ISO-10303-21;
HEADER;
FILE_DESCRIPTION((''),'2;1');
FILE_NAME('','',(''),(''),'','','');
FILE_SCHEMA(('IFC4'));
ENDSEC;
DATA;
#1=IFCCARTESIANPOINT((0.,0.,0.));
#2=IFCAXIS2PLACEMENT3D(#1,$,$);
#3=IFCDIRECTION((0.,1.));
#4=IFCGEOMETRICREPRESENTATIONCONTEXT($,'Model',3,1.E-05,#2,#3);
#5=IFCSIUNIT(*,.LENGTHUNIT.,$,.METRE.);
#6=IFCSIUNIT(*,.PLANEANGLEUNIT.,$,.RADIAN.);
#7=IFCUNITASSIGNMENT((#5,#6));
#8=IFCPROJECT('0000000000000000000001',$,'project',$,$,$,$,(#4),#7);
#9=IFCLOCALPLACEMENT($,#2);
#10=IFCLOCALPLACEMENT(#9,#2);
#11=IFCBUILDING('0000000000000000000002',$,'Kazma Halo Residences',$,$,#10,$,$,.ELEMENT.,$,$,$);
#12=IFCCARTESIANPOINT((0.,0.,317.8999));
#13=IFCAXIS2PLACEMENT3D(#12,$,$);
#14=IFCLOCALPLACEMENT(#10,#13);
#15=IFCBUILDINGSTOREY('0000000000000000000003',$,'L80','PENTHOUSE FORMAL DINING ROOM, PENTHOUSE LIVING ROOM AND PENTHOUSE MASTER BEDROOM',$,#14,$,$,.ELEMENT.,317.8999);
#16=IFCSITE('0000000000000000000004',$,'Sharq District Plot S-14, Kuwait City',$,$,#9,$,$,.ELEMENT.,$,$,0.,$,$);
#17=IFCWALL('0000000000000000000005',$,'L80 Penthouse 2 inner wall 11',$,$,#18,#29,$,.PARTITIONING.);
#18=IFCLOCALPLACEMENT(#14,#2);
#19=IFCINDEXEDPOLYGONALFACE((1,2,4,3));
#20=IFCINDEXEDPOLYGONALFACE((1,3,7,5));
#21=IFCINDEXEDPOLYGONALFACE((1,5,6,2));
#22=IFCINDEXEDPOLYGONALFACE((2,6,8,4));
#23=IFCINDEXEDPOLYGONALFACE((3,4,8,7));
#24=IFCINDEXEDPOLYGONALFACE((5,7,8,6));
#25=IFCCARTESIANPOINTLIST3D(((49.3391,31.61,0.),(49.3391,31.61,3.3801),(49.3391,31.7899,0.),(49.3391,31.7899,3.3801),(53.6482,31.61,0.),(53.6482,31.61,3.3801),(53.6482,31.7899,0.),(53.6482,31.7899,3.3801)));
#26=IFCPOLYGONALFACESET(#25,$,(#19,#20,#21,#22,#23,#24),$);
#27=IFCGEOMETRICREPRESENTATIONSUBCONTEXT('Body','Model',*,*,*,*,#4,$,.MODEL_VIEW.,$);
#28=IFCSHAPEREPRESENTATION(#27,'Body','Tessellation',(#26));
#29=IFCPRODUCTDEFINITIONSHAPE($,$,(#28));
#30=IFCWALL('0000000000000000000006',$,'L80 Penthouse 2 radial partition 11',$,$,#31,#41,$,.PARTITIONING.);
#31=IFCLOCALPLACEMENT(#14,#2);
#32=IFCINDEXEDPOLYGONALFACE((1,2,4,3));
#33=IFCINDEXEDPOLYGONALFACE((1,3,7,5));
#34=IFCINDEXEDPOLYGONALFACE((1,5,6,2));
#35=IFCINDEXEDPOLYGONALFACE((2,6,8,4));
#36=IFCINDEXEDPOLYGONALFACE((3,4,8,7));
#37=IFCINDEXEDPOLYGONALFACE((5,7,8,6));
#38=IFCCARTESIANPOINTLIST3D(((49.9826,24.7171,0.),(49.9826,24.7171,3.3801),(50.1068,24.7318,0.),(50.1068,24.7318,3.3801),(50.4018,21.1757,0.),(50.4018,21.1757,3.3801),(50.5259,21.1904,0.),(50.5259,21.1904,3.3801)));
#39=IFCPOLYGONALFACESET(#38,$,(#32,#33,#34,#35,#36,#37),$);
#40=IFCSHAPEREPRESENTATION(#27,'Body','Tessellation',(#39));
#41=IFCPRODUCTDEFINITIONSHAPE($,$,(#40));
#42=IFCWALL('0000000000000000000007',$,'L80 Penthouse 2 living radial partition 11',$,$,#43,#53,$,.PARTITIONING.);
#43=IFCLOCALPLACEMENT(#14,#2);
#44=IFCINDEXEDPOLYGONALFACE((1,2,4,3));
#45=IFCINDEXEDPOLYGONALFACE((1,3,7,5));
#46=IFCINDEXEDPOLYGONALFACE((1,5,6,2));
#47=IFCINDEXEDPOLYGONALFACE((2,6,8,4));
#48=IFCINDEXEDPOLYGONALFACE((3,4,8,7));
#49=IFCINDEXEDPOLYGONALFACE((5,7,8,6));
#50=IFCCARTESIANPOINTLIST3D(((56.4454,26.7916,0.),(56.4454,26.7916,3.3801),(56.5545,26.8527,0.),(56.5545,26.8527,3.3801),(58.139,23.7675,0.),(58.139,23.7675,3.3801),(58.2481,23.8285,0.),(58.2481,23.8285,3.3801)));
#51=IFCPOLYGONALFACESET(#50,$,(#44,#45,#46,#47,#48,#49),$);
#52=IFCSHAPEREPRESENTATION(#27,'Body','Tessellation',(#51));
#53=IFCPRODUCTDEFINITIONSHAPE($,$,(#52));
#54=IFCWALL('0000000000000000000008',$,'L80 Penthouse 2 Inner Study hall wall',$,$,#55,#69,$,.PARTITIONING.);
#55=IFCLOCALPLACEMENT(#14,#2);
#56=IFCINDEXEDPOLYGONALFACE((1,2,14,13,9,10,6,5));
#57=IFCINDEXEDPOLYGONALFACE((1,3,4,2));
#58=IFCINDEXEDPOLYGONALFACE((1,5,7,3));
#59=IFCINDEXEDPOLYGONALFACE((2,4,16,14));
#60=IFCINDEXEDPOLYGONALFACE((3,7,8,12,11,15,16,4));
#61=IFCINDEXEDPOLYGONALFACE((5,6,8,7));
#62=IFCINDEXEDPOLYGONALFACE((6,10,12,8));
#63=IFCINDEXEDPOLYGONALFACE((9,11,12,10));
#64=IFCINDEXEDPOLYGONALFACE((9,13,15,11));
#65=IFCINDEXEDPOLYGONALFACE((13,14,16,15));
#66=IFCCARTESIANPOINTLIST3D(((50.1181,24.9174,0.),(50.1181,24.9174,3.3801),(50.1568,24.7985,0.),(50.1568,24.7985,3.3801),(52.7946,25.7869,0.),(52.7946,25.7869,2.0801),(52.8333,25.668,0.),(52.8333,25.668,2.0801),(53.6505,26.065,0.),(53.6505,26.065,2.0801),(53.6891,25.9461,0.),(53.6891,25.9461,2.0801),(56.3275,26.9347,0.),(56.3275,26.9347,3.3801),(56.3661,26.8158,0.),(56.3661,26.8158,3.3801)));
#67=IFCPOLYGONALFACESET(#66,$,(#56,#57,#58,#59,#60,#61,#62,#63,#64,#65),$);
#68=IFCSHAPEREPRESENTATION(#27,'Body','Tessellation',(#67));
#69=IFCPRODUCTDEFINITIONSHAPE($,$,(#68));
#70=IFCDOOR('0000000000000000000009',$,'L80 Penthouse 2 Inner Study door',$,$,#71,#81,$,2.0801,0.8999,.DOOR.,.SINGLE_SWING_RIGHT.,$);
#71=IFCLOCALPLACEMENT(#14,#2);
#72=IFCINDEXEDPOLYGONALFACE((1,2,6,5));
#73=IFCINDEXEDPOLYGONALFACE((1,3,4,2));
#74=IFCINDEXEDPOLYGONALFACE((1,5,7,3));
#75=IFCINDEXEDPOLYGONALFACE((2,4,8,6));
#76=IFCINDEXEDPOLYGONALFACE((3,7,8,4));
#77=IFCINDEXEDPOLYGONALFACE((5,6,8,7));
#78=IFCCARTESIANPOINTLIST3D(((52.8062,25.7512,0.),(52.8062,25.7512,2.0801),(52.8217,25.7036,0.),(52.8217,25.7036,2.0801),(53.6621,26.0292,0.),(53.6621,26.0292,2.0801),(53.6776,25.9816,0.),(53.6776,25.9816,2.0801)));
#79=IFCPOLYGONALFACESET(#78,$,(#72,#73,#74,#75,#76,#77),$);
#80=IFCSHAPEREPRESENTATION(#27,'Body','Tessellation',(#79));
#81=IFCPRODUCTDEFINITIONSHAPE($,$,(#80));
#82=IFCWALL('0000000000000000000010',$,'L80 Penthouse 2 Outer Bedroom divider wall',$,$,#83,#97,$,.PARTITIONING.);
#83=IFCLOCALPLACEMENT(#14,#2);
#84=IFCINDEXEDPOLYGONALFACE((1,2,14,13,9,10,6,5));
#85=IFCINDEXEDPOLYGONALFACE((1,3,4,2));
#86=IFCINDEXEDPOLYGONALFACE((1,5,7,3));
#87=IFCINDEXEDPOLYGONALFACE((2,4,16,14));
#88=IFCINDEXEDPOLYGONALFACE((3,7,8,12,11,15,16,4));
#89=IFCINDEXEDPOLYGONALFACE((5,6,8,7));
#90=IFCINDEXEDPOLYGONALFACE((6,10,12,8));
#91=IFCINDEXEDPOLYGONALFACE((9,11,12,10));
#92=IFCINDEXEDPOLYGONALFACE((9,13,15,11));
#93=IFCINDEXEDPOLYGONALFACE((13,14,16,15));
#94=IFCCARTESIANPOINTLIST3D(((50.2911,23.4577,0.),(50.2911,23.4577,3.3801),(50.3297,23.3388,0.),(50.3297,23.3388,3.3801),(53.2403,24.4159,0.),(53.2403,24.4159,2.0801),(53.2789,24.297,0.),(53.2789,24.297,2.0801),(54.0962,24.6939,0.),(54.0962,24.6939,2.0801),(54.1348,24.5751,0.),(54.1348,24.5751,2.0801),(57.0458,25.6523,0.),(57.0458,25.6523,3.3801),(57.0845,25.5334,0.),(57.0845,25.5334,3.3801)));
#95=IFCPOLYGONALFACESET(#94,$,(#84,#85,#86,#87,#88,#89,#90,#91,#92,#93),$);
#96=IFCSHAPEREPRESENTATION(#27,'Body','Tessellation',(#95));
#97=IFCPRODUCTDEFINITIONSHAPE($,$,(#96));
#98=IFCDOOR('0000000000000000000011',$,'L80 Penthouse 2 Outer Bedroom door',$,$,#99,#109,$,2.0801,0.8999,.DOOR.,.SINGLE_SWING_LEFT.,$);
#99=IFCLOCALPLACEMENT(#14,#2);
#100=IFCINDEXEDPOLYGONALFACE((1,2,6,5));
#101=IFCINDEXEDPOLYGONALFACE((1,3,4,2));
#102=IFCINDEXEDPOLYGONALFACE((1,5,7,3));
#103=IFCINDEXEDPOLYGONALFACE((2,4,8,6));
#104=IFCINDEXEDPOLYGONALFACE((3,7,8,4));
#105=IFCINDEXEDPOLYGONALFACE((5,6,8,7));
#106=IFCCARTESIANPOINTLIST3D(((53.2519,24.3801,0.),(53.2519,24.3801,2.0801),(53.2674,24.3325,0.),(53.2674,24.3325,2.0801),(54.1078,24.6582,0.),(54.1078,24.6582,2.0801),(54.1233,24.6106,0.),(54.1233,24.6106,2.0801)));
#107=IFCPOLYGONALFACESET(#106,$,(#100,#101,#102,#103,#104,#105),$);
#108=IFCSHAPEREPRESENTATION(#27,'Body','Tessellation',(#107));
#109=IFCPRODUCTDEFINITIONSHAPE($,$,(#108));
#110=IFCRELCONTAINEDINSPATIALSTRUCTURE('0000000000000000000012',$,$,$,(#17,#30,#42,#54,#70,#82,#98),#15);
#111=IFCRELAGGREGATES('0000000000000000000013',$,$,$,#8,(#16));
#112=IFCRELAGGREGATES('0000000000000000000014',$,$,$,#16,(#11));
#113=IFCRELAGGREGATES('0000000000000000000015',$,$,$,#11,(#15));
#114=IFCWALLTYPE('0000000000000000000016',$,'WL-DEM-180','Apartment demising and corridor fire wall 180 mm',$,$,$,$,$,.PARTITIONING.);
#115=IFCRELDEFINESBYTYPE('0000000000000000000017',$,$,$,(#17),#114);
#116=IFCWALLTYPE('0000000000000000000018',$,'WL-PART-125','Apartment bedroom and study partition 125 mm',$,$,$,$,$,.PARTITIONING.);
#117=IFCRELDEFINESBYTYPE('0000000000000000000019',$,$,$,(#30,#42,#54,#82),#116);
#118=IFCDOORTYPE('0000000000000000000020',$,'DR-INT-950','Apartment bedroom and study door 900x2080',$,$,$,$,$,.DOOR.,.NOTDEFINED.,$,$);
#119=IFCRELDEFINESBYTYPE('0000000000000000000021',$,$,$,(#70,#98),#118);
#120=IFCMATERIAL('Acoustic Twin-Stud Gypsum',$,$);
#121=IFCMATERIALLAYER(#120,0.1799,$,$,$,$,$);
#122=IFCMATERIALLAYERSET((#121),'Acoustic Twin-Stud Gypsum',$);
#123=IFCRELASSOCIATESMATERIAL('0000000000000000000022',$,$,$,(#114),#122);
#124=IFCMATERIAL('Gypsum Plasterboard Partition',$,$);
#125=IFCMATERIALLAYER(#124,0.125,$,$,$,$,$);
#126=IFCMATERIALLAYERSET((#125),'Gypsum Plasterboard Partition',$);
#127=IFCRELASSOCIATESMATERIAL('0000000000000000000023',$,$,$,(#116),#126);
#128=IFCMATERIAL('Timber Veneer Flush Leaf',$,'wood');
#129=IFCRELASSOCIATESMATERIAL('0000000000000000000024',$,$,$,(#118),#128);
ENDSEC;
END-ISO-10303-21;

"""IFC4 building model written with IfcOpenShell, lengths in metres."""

from ifc_helpers import new_model, si_unit, direction, frame, frame_2d, origin, place, context, subcontext, project, spatial, rectangle, extrude, material, layer, layer_set, type_object, element, fill, save


model = new_model("IFC4")

# Units and contexts
model_context = context("Model", 3, precision=1e-05, world=origin(), true_north=direction((0.0, 1.0)))
body_context = subcontext(model_context, "Body", "Model", "MODEL_VIEW")
ifc_project = project(units=[si_unit("LENGTHUNIT", "METRE"), si_unit("PLANEANGLEUNIT", "RADIAN")], contexts=[model_context])

# Site, building, storey
site_placement = place(None, origin())
site = spatial("IfcSite", under=ifc_project, at=site_placement, Name="Sharq District Plot S-14, Kuwait City", CompositionType="ELEMENT", RefElevation=0.0)
building_placement = place(site_placement, origin())
building = spatial("IfcBuilding", under=site, at=building_placement, Name="Kazma Halo Residences", CompositionType="ELEMENT")
storey_placement = place(building_placement, frame((0.0, 0.0, 317.8999)))
storey = spatial("IfcBuildingStorey", under=building, at=storey_placement, Name="L80", Description="PENTHOUSE FORMAL DINING ROOM, PENTHOUSE LIVING ROOM AND PENTHOUSE MASTER BEDROOM", CompositionType="ELEMENT", Elevation=317.8999)

# Shared definitions
ifc_material_1 = material(Name="Acoustic Twin-Stud Gypsum")
ifc_layer_1 = layer(ifc_material_1, 0.1799)
ifc_layer_set_1 = layer_set([ifc_layer_1], Name="Acoustic Twin-Stud Gypsum")
wall_type_1 = type_object("IfcWallType", Name="WL-DEM-180", Description="Apartment demising and corridor fire wall 180 mm", PredefinedType="PARTITIONING", material=ifc_layer_set_1)

# Wall
wall_1_placement = place(storey_placement, frame((49.3391, 31.7, 0.0), z_axis=(0.0, 0.0, 1.0), x_axis=(1.0, 0.0, 0.0)))
element("IfcWall", 1, at=wall_1_placement, inside=storey, type_object=wall_type_1, Name="L80 Penthouse 2 inner wall 11", PredefinedType="PARTITIONING", context=body_context, shape_type="SweptSolid", body=[
    extrude(rectangle(XDim=4.3091, YDim=0.1799, at=frame_2d((2.1545, 0.0))), origin(), (0.0, 0.0, 1.0), 3.3801),
])

# Walls
ifc_material_2 = material(Name="Gypsum Plasterboard Partition")
ifc_layer_2 = layer(ifc_material_2, 0.125)
ifc_layer_set_2 = layer_set([ifc_layer_2], Name="Gypsum Plasterboard Partition")
wall_type_2 = type_object("IfcWallType", Name="WL-PART-125", Description="Apartment bedroom and study partition 125 mm", PredefinedType="PARTITIONING", material=ifc_layer_set_2)
wall_2_placement = place(storey_placement, frame((50.0447, 24.7246, 0.0), z_axis=(0.0, 0.0, 1.0), x_axis=(0.117544, -0.993068, 0.0)))
element("IfcWall", 2, at=wall_2_placement, inside=storey, type_object=wall_type_2, Name="L80 Penthouse 2 radial partition 11", PredefinedType="PARTITIONING", context=body_context, shape_type="SweptSolid", body=[
    extrude(rectangle(XDim=3.5662, YDim=0.125, at=frame_2d((1.7832, 0.0))), origin(), (0.0, 0.0, 1.0), 3.3801),
])
wall_3_placement = place(storey_placement, frame((56.5, 26.822, 0.0), z_axis=(0.0, 0.0, 1.0), x_axis=(0.488618, -0.872498, 0.0)))
element("IfcWall", 3, at=wall_3_placement, inside=storey, type_object=wall_type_2, Name="L80 Penthouse 2 living radial partition 11", PredefinedType="PARTITIONING", context=body_context, shape_type="SweptSolid", body=[
    extrude(rectangle(XDim=3.4661, YDim=0.125, at=frame_2d((1.7329, 0.0))), origin(), (0.0, 0.0, 1.0), 3.3801),
])

# Walls, openings, doors
wall_4_placement = place(storey_placement, frame((50.1375, 24.8579, 0.0), z_axis=(0.0, 0.0, 1.0), x_axis=(0.951064, 0.308994, 0.0)))
wall_4 = element("IfcWall", 4, at=wall_4_placement, inside=storey, type_object=wall_type_2, Name="L80 Penthouse 2 Inner Study hall wall", PredefinedType="PARTITIONING", context=body_context, shape_type="SweptSolid", body=[
    extrude(rectangle(XDim=6.5288, YDim=0.125, at=frame_2d((3.2644, 0.0))), origin(), (0.0, 0.0, 1.0), 3.3801),
])
opening_1_placement = place(wall_4_placement, frame((2.8142, 0.0, 0.0)))
opening_1 = element("IfcOpeningElement", 5, at=opening_1_placement, cuts=wall_4, PredefinedType="OPENING", context=body_context, shape_type="SweptSolid", body=[
    extrude(rectangle(XDim=0.8999, YDim=2.0801, at=frame_2d((0.45, 1.04))), frame((0.0, 0.0725, 0.0), z_axis=(0.0, -1.0, 0.0), x_axis=(1.0, 0.0, 0.0)), (0.0, 0.0, 1.0), 0.145),
])
ifc_material_3 = material(Name="Timber Veneer Flush Leaf", Category="wood")
door_type_1 = type_object("IfcDoorType", Name="DR-INT-950", Description="Apartment bedroom and study door 900x2080", OperationType="NOTDEFINED", PredefinedType="DOOR", material=ifc_material_3)
door_1_placement = place(opening_1_placement, origin())
door_1 = element("IfcDoor", 6, at=door_1_placement, inside=storey, type_object=door_type_1, Name="L80 Penthouse 2 Inner Study door", OperationType="SINGLE_SWING_RIGHT", OverallHeight=2.0801, OverallWidth=0.8999, PredefinedType="DOOR", context=body_context, shape_type="SweptSolid", body=[
    extrude(rectangle(XDim=0.8999, YDim=2.0801, at=frame_2d((0.45, 1.04))), frame((0.0, 0.0249, 0.0), z_axis=(0.0, -1.0, 0.0), x_axis=(1.0, 0.0, 0.0)), (0.0, 0.0, 1.0), 0.05),
])
fill(opening_1, door_1)
wall_5_placement = place(storey_placement, frame((50.3103, 23.3982, 0.0), z_axis=(0.0, 0.0, 1.0), x_axis=(0.951062, 0.309, 0.0)))
wall_5 = element("IfcWall", 7, at=wall_5_placement, inside=storey, type_object=wall_type_2, Name="L80 Penthouse 2 Outer Bedroom divider wall", PredefinedType="PARTITIONING", context=body_context, shape_type="SweptSolid", body=[
    extrude(rectangle(XDim=7.1023, YDim=0.125, at=frame_2d((3.5513, 0.0))), origin(), (0.0, 0.0, 1.0), 3.3801),
])
opening_2_placement = place(wall_5_placement, frame((3.1011, 0.0, 0.0)))
opening_2 = element("IfcOpeningElement", 8, at=opening_2_placement, cuts=wall_5, PredefinedType="OPENING", context=body_context, shape_type="SweptSolid", body=[
    extrude(rectangle(XDim=0.8999, YDim=2.0801, at=frame_2d((0.45, 1.04))), frame((0.0, 0.0725, 0.0), z_axis=(0.0, -1.0, 0.0), x_axis=(1.0, 0.0, 0.0)), (0.0, 0.0, 1.0), 0.145),
])
door_2_placement = place(opening_2_placement, origin())
door_2 = element("IfcDoor", 9, at=door_2_placement, inside=storey, type_object=door_type_1, Name="L80 Penthouse 2 Outer Bedroom door", OperationType="SINGLE_SWING_LEFT", OverallHeight=2.0801, OverallWidth=0.8999, PredefinedType="DOOR", context=body_context, shape_type="SweptSolid", body=[
    extrude(rectangle(XDim=0.8999, YDim=2.0801, at=frame_2d((0.45, 1.04))), frame((0.0, 0.0249, 0.0), z_axis=(0.0, -1.0, 0.0), x_axis=(1.0, 0.0, 0.0)), (0.0, 0.0, 1.0), 0.05),
])
fill(opening_2, door_2)

save(model, "model.ifc")
